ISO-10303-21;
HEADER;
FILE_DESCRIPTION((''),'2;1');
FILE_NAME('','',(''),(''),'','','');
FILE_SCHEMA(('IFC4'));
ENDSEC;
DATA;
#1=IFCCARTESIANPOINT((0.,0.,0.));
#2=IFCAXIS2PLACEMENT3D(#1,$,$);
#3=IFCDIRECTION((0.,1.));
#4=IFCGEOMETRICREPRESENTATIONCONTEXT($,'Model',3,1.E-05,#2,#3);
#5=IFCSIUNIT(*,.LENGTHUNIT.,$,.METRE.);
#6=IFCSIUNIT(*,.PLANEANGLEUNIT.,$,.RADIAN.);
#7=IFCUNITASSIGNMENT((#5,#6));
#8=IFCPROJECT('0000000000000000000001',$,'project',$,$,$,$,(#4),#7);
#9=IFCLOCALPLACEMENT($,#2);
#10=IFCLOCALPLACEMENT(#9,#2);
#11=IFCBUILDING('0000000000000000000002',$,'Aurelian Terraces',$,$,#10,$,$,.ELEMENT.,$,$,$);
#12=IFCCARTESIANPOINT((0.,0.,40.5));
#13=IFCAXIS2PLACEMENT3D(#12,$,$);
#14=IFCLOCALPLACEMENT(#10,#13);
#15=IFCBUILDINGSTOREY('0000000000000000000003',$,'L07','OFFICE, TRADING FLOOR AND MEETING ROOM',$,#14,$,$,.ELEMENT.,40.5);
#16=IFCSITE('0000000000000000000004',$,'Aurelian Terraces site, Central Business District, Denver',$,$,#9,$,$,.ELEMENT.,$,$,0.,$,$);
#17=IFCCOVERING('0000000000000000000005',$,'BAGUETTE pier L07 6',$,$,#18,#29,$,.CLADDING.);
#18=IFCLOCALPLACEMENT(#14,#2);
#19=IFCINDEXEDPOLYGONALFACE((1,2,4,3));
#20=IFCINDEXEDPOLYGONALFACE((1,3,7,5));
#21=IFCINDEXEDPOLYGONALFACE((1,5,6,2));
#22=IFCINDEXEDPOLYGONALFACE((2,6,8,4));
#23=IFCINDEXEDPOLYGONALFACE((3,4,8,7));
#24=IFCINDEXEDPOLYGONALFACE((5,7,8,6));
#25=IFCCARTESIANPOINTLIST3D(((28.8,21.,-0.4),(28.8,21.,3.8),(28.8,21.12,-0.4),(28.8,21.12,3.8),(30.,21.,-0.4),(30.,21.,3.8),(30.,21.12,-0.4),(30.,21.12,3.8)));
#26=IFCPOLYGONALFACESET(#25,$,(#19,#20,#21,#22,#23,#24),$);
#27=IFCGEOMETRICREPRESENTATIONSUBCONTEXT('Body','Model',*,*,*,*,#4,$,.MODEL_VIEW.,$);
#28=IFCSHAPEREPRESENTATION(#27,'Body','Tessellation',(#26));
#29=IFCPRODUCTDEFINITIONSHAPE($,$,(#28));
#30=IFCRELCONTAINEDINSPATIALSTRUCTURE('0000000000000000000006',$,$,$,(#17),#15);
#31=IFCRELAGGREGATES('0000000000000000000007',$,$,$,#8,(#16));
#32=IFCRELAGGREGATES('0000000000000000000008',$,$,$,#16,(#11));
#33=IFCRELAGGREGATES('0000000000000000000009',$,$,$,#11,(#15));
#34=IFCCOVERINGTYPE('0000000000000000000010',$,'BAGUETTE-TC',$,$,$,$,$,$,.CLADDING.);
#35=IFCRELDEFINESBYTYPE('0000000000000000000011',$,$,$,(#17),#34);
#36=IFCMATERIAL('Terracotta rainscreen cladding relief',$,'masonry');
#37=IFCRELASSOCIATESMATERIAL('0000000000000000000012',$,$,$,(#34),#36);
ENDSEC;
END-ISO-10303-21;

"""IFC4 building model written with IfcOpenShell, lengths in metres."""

from ifc_helpers import new_model, si_unit, direction, frame, origin, origin_2d, place, context, subcontext, project, spatial, rectangle, extrude, source, transform, mapped, material, type_object, element, save


model = new_model("IFC4")

# Units and contexts
model_context = context("Model", 3, precision=1e-05, world=origin(), true_north=direction((0.0, 1.0)))
body_context = subcontext(model_context, "Body", "Model", "MODEL_VIEW")
ifc_project = project(units=[si_unit("LENGTHUNIT", "METRE"), si_unit("PLANEANGLEUNIT", "RADIAN")], contexts=[model_context])

# Site, building, storey
site_placement = place(None, origin())
site = spatial("IfcSite", under=ifc_project, at=site_placement, Name="Aurelian Terraces site, Central Business District, Denver", CompositionType="ELEMENT", RefElevation=0.0)
building_placement = place(site_placement, origin())
building = spatial("IfcBuilding", under=site, at=building_placement, Name="Aurelian Terraces", CompositionType="ELEMENT")
storey_placement = place(building_placement, frame((0.0, 0.0, 40.5)))
storey = spatial("IfcBuildingStorey", under=building, at=storey_placement, Name="L07", Description="OFFICE, TRADING FLOOR AND MEETING ROOM", CompositionType="ELEMENT", Elevation=40.5)

# Covering
ifc_material_1 = material(Name="Terracotta rainscreen cladding relief", Category="masonry")
covering_type = type_object("IfcCoveringType", Name="BAGUETTE-TC", PredefinedType="CLADDING", material=ifc_material_1)
shared_shape_1 = source(origin(), body_context, "Body", "SweptSolid", [
    extrude(rectangle(XDim=1.2, YDim=0.12, at=origin_2d()), origin(), (0.0, 0.0, 1.0), 4.2),
])
covering_placement = place(storey_placement, frame((29.4, 21.06, -0.4), z_axis=(0.0, 0.0, 1.0), x_axis=(1.0, 0.0, 0.0)))
element("IfcCovering", 1, at=covering_placement, inside=storey, type_object=covering_type, Name="BAGUETTE pier L07 6", PredefinedType="CLADDING", context=body_context, shape_type="MappedRepresentation", body=[
    mapped(shared_shape_1, transform((0.0, 0.0, 0.0), scale=1.0)),
])

save(model, "model.ifc")
